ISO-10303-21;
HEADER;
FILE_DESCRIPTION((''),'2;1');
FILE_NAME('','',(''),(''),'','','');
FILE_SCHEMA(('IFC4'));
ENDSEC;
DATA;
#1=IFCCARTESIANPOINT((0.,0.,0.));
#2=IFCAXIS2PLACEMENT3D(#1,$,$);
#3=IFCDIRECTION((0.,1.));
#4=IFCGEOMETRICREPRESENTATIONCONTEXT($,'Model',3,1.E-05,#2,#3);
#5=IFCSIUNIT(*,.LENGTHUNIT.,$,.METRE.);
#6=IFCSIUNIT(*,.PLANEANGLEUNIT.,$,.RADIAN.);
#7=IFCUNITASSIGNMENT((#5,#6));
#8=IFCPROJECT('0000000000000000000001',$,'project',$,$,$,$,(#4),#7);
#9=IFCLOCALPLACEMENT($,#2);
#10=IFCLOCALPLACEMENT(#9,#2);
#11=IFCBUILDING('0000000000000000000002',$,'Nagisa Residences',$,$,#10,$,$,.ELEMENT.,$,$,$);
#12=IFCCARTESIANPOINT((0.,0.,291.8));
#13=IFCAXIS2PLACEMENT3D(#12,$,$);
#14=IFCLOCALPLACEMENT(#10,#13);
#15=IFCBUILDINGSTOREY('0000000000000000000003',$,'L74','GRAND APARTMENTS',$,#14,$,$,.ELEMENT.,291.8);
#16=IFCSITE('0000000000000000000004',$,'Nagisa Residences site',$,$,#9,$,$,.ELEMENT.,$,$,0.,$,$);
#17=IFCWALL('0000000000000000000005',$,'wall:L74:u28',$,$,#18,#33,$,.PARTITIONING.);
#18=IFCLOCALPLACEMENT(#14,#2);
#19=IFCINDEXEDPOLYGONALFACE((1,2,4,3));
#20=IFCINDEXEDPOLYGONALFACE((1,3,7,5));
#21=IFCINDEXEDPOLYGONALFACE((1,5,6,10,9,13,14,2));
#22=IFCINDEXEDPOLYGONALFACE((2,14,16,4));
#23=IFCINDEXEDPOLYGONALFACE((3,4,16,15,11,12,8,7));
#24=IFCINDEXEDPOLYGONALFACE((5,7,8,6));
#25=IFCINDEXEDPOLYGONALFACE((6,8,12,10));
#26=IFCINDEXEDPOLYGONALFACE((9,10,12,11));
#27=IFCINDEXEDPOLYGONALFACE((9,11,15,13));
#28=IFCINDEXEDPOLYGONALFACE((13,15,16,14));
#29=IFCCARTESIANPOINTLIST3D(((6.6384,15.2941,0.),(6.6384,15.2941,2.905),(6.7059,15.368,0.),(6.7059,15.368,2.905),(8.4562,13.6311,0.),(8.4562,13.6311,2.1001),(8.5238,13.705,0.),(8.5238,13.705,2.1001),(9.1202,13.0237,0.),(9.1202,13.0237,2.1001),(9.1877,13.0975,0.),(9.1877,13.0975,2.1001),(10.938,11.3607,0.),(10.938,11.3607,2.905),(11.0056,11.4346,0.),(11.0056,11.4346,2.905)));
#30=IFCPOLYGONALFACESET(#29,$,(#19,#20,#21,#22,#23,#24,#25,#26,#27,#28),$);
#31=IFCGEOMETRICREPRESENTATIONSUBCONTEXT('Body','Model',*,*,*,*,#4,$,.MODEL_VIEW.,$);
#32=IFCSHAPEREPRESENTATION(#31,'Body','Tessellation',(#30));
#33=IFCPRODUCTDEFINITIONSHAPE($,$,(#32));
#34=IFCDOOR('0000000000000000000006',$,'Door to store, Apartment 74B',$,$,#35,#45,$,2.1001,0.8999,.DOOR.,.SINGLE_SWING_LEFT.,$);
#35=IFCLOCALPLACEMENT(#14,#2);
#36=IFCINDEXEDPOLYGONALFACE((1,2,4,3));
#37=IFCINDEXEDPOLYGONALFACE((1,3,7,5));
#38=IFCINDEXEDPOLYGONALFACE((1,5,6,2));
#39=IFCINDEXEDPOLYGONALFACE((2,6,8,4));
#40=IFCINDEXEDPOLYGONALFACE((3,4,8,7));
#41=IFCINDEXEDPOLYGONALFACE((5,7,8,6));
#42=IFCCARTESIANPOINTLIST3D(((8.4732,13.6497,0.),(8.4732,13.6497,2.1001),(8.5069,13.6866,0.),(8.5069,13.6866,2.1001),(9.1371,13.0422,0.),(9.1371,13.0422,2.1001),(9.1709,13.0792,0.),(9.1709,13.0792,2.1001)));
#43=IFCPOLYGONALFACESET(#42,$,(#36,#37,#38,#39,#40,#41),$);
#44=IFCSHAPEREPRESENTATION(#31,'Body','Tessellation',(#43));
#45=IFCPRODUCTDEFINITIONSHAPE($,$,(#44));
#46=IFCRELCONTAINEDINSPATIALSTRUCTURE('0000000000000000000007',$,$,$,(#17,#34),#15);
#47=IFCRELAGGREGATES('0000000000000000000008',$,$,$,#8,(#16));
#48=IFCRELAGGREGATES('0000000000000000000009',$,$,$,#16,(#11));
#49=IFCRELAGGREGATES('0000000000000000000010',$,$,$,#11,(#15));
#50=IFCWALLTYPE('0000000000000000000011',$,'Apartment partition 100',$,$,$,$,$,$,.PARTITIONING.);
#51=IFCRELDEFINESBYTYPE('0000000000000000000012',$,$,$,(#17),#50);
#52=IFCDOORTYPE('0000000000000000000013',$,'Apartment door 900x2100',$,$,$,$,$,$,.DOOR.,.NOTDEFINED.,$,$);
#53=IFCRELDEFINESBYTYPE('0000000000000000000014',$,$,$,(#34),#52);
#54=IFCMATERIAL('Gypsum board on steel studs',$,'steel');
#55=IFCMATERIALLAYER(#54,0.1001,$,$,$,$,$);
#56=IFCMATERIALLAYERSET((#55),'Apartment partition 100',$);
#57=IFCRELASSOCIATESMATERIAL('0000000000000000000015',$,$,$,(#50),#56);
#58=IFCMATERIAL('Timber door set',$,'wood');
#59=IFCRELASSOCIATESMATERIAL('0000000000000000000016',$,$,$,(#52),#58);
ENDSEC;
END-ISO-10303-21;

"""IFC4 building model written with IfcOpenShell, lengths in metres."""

from ifc_helpers import new_model, si_unit, direction, frame, frame_2d, origin, place, context, subcontext, project, spatial, rectangle, extrude, material, layer, layer_set, type_object, element, fill, save


model = new_model("IFC4")

# Units and contexts
model_context = context("Model", 3, precision=1e-05, world=origin(), true_north=direction((0.0, 1.0)))
body_context = subcontext(model_context, "Body", "Model", "MODEL_VIEW")
ifc_project = project(units=[si_unit("LENGTHUNIT", "METRE"), si_unit("PLANEANGLEUNIT", "RADIAN")], contexts=[model_context])

# Site, building, storey
site_placement = place(None, origin())
site = spatial("IfcSite", under=ifc_project, at=site_placement, Name="Nagisa Residences site", CompositionType="ELEMENT", RefElevation=0.0)
building_placement = place(site_placement, origin())
building = spatial("IfcBuilding", under=site, at=building_placement, Name="Nagisa Residences", CompositionType="ELEMENT")
storey_placement = place(building_placement, frame((0.0, 0.0, 291.8)))
storey = spatial("IfcBuildingStorey", under=building, at=storey_placement, Name="L74", Description="GRAND APARTMENTS", CompositionType="ELEMENT", Elevation=291.8)

# Wall, opening, door
ifc_material_1 = material(Name="Gypsum board on steel studs", Category="steel")
ifc_layer_1 = layer(ifc_material_1, 0.1001)
ifc_layer_set_1 = layer_set([ifc_layer_1], Name="Apartment partition 100")
wall_type = type_object("IfcWallType", Name="Apartment partition 100", PredefinedType="PARTITIONING", material=ifc_layer_set_1)
ifc_material_2 = material(Name="Timber door set", Category="wood")
door_type = type_object("IfcDoorType", Name="Apartment door 900x2100", OperationType="NOTDEFINED", PredefinedType="DOOR", material=ifc_material_2)
wall_1_placement = place(storey_placement, frame((10.9717, 11.3977, 0.0), z_axis=(0.0, 0.0, 1.0), x_axis=(-0.73783, 0.674986, 0.0)))
wall_1 = element("IfcWall", 1, at=wall_1_placement, inside=storey, type_object=wall_type, Name="wall:L74:u28", PredefinedType="PARTITIONING", context=body_context, shape_type="SweptSolid", body=[
    extrude(rectangle(XDim=5.8274, YDim=0.1001, at=frame_2d((2.9136, 0.0))), origin(), (0.0, 0.0, 1.0), 2.905),
])
opening_1_placement = place(wall_1_placement, frame((2.4636, 0.0, 0.0)))
opening_1 = element("IfcOpeningElement", 2, at=opening_1_placement, cuts=wall_1, PredefinedType="OPENING", context=body_context, shape_type="SweptSolid", body=[
    extrude(rectangle(XDim=0.8999, YDim=2.1001, at=frame_2d((0.45, 1.05))), frame((0.0, 0.0601, 0.0), z_axis=(0.0, -1.0, 0.0), x_axis=(1.0, 0.0, 0.0)), (0.0, 0.0, 1.0), 0.1201),
])
door_1_placement = place(opening_1_placement, origin())
door_1 = element("IfcDoor", 3, at=door_1_placement, inside=storey, type_object=door_type, Name="Door to store, Apartment 74B", OperationType="SINGLE_SWING_LEFT", OverallHeight=2.1001, OverallWidth=0.8999, PredefinedType="DOOR", context=body_context, shape_type="SweptSolid", body=[
    extrude(rectangle(XDim=0.8999, YDim=2.1001, at=frame_2d((0.45, 1.05))), frame((0.0, 0.0249, 0.0), z_axis=(0.0, -1.0, 0.0), x_axis=(1.0, 0.0, 0.0)), (0.0, 0.0, 1.0), 0.05),
])
fill(opening_1, door_1)

save(model, "model.ifc")
